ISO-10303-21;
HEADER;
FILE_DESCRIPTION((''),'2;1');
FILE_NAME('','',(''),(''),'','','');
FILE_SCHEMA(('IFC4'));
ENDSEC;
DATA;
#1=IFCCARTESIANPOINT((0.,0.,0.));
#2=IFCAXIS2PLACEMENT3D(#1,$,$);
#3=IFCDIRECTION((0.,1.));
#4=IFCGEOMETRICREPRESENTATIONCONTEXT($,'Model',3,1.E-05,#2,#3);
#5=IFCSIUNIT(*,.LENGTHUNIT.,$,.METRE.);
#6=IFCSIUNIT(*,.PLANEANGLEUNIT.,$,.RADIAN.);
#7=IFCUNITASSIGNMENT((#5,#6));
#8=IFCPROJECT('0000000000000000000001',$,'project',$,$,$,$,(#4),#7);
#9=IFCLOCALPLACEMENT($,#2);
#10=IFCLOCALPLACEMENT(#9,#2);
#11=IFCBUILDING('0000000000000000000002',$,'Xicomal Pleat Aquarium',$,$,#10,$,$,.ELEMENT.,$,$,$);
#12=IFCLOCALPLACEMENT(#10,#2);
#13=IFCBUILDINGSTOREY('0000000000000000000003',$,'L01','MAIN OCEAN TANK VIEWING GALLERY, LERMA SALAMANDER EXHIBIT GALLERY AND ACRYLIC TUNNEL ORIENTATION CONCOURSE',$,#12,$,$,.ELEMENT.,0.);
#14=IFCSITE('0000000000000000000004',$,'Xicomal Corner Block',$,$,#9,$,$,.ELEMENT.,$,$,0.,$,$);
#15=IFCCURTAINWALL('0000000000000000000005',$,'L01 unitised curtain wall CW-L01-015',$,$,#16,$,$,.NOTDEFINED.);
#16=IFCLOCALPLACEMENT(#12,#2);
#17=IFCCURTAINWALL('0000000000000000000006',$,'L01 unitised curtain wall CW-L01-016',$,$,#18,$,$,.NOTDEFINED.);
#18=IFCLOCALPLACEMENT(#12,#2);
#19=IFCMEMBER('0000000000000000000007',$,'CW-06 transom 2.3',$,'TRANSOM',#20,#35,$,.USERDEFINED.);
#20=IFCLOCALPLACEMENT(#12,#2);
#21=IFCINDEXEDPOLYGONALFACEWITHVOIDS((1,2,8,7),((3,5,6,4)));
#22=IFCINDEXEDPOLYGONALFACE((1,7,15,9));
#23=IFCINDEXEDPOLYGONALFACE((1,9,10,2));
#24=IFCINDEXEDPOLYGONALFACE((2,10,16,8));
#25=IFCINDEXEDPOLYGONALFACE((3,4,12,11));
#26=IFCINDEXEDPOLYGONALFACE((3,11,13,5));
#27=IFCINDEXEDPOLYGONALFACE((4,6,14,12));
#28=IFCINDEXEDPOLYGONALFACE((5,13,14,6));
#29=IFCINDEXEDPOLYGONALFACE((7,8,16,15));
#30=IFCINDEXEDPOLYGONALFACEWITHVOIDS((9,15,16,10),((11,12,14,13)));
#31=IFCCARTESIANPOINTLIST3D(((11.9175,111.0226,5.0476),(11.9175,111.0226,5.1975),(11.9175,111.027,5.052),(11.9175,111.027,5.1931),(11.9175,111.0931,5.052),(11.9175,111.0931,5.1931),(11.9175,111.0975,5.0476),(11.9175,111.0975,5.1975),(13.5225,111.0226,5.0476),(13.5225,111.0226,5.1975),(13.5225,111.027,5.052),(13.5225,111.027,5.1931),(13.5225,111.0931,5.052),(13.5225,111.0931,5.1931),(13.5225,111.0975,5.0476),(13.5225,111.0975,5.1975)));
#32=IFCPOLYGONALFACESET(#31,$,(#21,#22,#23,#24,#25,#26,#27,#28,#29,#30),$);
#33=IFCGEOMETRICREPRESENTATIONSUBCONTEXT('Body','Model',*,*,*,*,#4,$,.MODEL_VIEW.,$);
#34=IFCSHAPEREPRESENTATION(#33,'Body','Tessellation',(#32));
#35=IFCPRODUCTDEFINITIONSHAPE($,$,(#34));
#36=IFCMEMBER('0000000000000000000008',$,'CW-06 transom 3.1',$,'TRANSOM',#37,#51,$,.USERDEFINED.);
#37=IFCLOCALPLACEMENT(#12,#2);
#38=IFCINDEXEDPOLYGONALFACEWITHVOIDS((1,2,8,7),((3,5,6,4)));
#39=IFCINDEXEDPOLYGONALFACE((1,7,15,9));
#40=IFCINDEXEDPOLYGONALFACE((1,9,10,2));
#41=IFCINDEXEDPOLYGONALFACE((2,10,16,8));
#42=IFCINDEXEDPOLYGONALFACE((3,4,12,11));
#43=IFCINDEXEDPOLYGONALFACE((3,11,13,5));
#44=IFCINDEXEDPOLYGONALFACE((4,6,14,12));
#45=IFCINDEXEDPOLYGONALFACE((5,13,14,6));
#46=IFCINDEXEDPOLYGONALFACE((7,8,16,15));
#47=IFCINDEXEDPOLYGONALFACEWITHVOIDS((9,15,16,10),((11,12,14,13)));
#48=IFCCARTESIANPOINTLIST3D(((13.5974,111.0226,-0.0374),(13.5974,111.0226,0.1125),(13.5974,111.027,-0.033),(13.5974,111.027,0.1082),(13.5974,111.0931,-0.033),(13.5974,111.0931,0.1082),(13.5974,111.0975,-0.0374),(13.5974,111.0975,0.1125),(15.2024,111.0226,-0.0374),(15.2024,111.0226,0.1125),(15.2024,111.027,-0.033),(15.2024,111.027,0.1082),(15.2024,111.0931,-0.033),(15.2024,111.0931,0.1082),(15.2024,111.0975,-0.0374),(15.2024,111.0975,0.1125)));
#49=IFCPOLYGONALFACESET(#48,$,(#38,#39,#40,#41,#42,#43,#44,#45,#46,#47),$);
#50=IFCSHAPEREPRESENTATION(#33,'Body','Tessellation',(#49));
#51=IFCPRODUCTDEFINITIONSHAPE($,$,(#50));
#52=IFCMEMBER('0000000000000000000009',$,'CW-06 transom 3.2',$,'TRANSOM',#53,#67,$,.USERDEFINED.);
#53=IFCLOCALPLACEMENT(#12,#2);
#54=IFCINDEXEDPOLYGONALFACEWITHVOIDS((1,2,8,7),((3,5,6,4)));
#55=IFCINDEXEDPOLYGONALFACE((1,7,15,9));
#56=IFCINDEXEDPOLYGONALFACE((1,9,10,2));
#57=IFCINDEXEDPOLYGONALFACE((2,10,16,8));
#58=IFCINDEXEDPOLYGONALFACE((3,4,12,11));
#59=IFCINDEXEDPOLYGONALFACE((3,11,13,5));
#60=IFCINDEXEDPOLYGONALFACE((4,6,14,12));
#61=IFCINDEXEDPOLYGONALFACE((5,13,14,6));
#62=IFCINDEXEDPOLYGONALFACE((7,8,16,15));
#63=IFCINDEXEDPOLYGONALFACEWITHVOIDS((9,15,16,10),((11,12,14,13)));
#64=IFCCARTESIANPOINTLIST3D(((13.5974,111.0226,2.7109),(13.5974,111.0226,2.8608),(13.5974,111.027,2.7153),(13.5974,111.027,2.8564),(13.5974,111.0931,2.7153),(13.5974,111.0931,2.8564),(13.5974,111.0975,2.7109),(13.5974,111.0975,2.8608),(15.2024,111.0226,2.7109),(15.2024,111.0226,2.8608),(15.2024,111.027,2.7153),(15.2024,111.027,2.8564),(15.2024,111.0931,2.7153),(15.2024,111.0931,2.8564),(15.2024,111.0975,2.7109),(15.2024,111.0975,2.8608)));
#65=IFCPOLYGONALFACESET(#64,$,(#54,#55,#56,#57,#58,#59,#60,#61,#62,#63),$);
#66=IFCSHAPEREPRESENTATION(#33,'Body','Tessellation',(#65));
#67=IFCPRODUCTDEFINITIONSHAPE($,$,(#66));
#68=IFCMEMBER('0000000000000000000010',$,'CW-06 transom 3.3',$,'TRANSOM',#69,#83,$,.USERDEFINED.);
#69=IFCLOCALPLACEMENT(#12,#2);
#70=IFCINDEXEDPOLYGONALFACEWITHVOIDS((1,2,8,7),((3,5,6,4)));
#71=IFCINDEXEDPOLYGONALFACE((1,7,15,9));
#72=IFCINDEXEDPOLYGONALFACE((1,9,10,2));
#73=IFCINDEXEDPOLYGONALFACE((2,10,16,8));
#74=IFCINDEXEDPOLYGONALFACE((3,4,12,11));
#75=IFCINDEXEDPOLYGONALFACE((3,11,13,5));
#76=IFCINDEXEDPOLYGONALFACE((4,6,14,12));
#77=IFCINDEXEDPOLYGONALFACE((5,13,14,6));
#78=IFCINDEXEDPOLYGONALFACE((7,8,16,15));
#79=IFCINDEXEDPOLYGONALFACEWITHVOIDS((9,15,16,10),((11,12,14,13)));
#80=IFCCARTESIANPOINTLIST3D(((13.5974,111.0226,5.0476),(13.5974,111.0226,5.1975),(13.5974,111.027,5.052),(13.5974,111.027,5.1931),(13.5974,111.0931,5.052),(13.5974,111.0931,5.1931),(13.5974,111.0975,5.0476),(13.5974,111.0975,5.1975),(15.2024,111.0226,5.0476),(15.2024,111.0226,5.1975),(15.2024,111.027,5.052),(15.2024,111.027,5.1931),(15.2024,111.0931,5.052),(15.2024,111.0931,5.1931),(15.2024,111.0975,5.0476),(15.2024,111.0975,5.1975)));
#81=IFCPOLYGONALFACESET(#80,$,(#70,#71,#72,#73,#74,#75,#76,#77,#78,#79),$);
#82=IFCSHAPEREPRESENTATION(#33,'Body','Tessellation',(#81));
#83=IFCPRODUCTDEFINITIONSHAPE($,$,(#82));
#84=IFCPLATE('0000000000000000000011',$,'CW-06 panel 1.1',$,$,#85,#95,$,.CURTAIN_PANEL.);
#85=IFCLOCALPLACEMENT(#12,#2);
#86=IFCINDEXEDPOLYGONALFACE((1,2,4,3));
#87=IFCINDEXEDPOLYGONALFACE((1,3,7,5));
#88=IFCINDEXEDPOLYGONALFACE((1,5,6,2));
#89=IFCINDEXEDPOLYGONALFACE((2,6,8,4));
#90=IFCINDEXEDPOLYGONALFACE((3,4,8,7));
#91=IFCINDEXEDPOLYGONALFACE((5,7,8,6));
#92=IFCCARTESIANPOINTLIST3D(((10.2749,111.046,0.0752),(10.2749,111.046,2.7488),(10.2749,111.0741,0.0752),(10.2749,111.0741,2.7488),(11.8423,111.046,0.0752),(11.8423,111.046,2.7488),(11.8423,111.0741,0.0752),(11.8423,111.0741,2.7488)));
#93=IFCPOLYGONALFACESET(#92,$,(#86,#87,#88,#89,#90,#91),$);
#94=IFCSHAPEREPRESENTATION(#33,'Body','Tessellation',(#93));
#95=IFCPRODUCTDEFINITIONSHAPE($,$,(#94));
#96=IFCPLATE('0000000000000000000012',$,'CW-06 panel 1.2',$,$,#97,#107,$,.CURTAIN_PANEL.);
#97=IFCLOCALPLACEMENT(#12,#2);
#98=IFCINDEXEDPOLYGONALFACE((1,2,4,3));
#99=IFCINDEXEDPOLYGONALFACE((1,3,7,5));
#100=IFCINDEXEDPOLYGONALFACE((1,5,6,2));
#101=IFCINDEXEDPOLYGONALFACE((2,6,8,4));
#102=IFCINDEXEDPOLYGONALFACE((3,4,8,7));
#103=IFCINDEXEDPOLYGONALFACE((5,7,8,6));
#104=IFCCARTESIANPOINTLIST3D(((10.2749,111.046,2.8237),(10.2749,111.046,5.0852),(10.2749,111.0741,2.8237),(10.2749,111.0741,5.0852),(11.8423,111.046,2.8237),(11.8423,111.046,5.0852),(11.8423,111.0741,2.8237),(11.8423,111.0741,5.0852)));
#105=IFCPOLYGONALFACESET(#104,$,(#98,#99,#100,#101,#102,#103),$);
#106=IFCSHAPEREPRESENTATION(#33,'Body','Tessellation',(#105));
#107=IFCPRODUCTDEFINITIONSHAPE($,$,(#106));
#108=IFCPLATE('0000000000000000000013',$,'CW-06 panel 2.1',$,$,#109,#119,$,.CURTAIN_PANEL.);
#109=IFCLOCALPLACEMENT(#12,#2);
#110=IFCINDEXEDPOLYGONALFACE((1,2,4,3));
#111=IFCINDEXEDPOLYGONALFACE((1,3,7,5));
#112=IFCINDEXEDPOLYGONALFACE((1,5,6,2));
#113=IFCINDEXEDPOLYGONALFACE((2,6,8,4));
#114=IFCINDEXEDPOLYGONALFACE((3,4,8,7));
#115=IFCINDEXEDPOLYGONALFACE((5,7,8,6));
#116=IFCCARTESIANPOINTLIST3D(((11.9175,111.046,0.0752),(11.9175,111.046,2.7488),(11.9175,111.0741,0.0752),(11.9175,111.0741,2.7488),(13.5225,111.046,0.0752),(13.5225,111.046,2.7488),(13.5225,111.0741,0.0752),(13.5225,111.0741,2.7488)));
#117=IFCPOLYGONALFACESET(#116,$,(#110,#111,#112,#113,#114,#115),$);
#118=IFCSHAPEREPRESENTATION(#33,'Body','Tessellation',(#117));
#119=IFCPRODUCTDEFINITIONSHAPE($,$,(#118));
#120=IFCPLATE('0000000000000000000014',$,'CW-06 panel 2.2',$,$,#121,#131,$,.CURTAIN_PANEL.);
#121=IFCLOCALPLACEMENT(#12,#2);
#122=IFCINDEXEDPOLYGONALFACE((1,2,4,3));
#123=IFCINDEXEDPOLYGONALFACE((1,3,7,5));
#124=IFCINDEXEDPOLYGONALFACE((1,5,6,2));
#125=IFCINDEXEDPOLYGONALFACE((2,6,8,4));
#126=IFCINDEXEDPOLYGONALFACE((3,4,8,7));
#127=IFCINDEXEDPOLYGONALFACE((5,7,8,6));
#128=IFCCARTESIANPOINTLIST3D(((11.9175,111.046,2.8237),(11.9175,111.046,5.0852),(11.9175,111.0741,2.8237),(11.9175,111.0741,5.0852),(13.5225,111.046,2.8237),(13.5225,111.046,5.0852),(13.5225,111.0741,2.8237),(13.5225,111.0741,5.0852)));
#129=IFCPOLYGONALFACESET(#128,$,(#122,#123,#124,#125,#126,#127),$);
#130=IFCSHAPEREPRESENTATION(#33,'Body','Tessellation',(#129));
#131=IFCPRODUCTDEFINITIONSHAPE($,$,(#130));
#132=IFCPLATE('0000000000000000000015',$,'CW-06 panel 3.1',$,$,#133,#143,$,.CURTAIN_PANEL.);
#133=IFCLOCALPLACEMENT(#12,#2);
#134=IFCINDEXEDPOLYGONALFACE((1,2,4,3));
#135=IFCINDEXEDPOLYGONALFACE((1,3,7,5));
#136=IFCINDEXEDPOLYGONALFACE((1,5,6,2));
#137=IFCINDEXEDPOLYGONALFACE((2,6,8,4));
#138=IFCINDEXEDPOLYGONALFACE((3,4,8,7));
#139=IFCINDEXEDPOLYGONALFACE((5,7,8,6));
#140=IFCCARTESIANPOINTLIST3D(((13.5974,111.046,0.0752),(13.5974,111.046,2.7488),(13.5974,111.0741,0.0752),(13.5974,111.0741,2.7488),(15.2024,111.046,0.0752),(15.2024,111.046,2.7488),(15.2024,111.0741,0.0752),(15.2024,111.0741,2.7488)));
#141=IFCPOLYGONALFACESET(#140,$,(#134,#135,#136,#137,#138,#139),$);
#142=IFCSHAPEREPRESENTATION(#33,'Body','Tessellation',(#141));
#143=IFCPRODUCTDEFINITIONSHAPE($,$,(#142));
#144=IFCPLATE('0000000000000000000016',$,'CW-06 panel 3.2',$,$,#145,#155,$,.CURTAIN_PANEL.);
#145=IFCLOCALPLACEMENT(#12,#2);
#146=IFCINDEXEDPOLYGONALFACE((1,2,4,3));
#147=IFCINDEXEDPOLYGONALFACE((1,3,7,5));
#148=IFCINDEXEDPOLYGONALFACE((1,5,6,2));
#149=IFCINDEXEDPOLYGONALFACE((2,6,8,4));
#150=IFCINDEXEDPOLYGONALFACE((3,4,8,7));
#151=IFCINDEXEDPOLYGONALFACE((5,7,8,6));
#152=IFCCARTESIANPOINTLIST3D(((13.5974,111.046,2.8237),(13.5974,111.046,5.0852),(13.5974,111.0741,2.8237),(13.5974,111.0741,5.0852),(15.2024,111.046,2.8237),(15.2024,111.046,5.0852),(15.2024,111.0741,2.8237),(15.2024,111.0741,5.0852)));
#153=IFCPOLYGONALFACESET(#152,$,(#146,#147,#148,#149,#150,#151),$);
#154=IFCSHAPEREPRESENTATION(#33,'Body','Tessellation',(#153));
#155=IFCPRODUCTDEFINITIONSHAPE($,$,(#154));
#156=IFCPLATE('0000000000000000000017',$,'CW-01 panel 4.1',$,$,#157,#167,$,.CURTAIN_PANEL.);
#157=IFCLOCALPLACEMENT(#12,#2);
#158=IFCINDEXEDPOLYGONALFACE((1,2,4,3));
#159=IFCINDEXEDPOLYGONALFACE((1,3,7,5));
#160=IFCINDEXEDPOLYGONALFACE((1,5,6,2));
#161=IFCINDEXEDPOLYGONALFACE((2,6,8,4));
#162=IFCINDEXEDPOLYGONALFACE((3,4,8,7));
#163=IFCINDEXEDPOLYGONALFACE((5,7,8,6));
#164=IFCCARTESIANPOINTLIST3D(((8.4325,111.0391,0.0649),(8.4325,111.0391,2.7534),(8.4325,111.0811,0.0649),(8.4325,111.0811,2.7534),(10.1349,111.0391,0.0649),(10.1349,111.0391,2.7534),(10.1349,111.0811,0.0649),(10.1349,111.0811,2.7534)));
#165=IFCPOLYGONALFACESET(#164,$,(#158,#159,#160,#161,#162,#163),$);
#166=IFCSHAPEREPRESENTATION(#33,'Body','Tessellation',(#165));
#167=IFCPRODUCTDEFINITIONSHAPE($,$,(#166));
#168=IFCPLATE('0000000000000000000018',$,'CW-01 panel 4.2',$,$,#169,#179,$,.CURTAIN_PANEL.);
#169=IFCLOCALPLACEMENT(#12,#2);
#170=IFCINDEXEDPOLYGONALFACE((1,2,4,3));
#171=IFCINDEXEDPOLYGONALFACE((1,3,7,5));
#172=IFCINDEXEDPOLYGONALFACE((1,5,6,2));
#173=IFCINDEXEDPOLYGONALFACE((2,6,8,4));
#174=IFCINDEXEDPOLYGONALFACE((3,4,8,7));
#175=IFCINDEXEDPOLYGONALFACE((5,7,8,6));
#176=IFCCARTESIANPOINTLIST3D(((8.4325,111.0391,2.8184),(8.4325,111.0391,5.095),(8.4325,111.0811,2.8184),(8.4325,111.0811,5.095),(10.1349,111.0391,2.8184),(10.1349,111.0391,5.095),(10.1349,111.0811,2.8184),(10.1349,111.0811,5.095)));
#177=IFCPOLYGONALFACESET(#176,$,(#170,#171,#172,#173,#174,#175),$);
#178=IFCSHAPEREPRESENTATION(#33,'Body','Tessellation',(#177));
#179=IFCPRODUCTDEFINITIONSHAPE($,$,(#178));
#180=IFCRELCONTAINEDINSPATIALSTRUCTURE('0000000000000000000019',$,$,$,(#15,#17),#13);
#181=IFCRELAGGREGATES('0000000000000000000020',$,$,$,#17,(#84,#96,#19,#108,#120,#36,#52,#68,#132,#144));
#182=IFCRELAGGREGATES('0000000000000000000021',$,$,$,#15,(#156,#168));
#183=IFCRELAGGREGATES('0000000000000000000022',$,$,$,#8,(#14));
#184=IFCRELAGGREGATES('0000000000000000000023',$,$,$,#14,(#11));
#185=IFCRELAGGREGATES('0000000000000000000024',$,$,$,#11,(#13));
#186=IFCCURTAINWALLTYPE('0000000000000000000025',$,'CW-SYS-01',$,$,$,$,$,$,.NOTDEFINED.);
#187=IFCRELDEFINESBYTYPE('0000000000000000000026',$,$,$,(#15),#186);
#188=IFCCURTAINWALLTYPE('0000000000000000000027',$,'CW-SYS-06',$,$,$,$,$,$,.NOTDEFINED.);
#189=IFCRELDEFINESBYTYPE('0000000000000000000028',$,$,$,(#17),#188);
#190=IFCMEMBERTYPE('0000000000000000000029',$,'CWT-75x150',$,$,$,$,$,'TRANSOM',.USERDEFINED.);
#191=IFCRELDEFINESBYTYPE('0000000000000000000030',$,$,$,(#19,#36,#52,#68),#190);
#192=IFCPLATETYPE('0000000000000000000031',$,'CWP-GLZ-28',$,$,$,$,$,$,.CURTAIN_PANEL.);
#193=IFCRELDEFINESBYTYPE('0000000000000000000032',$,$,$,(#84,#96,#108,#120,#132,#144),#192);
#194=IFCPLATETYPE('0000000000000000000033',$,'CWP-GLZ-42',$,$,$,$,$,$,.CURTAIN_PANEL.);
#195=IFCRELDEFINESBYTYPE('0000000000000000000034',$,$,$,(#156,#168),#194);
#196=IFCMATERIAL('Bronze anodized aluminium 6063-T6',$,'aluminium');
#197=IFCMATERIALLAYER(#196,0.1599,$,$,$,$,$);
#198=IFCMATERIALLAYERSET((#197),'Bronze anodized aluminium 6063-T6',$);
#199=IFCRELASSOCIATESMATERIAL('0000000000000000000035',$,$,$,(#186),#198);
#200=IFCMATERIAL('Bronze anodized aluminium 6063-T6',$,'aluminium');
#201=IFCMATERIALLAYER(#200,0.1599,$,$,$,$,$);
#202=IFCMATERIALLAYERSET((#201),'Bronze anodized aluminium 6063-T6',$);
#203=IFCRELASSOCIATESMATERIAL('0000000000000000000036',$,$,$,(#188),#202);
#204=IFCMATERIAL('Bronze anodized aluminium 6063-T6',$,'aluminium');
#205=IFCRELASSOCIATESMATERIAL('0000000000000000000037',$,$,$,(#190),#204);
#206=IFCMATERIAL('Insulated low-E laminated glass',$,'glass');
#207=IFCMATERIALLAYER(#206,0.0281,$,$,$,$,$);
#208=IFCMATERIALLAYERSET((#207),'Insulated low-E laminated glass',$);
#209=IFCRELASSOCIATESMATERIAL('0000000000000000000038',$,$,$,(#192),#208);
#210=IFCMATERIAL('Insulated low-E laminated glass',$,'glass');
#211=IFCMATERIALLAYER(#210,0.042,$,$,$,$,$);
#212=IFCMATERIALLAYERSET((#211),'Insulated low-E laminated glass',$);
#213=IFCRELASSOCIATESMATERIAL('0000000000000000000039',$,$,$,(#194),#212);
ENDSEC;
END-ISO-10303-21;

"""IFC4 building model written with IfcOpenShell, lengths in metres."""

from ifc_helpers import new_model, si_unit, direction, frame, origin, origin_2d, place, context, subcontext, project, spatial, rectangle, hollow_rectangle, extrude, material, layer, layer_set, material_profile, profile_set, type_object, element, aggregate, save


model = new_model("IFC4")

# Units and contexts
model_context = context("Model", 3, precision=1e-05, world=origin(), true_north=direction((0.0, 1.0)))
body_context = subcontext(model_context, "Body", "Model", "MODEL_VIEW")
ifc_project = project(units=[si_unit("LENGTHUNIT", "METRE"), si_unit("PLANEANGLEUNIT", "RADIAN")], contexts=[model_context])

# Site, building, storey
site_placement = place(None, origin())
site = spatial("IfcSite", under=ifc_project, at=site_placement, Name="Xicomal Corner Block", CompositionType="ELEMENT", RefElevation=0.0)
building_placement = place(site_placement, origin())
building = spatial("IfcBuilding", under=site, at=building_placement, Name="Xicomal Pleat Aquarium", CompositionType="ELEMENT")
storey_placement = place(building_placement, origin())
storey = spatial("IfcBuildingStorey", under=building, at=storey_placement, Name="L01", Description="MAIN OCEAN TANK VIEWING GALLERY, LERMA SALAMANDER EXHIBIT GALLERY AND ACRYLIC TUNNEL ORIENTATION CONCOURSE", CompositionType="ELEMENT", Elevation=0.0)

# Curtain wall
ifc_material_1 = material(Name="Bronze anodized aluminium 6063-T6", Category="aluminium")
ifc_layer_1 = layer(ifc_material_1, 0.1599)
ifc_layer_set_1 = layer_set([ifc_layer_1], Name="Bronze anodized aluminium 6063-T6")
curtain_wall_type_1 = type_object("IfcCurtainWallType", Name="CW-SYS-01", PredefinedType="NOTDEFINED", material=ifc_layer_set_1)
curtain_wall_1_placement = place(storey_placement, origin())
curtain_wall_1 = element("IfcCurtainWall", 1, at=curtain_wall_1_placement, inside=storey, type_object=curtain_wall_type_1, Name="L01 unitised curtain wall CW-L01-015", PredefinedType="NOTDEFINED")

# Curtain wall, members, plates
ifc_material_2 = material(Name="Bronze anodized aluminium 6063-T6", Category="aluminium")
ifc_layer_2 = layer(ifc_material_2, 0.1599)
ifc_layer_set_2 = layer_set([ifc_layer_2], Name="Bronze anodized aluminium 6063-T6")
curtain_wall_type_2 = type_object("IfcCurtainWallType", Name="CW-SYS-06", PredefinedType="NOTDEFINED", material=ifc_layer_set_2)
curtain_wall_2_placement = place(storey_placement, origin())
curtain_wall_2 = element("IfcCurtainWall", 2, at=curtain_wall_2_placement, inside=storey, type_object=curtain_wall_type_2, Name="L01 unitised curtain wall CW-L01-016", PredefinedType="NOTDEFINED")
ifc_material_3 = material(Name="Bronze anodized aluminium 6063-T6", Category="aluminium")
ifc_material_profile_1 = material_profile(ifc_material_3, hollow_rectangle(XDim=0.075, YDim=0.1499, WallThickness=0.0044, at=origin_2d()), Name="ALU TRAN 75x150")
ifc_profile_set_1 = profile_set([ifc_material_profile_1], Name="Bronze anodized aluminium 6063-T6")
member_type_1 = type_object("IfcMemberType", Name="CWT-75x150", ElementType="TRANSOM", PredefinedType="USERDEFINED", material=ifc_profile_set_1)
member_1_placement = place(storey_placement, frame((11.9175, 111.0601, 5.1226), z_axis=(1.0, 0.0, 0.0), x_axis=(0.0, 1.0, 0.0)))
member_1 = element("IfcMember", 3, at=member_1_placement, type_object=member_type_1, Name="CW-06 transom 2.3", ObjectType="TRANSOM", PredefinedType="USERDEFINED", context=body_context, shape_type="SweptSolid", body=[
    extrude(hollow_rectangle(XDim=0.075, YDim=0.1499, WallThickness=0.0044, at=origin_2d()), origin(), (0.0, 0.0, 1.0), 1.605),
])
member_2_placement = place(storey_placement, frame((13.5974, 111.0601, 0.0376), z_axis=(1.0, 0.0, 0.0), x_axis=(0.0, 1.0, 0.0)))
member_2 = element("IfcMember", 4, at=member_2_placement, type_object=member_type_1, Name="CW-06 transom 3.1", ObjectType="TRANSOM", PredefinedType="USERDEFINED", context=body_context, shape_type="SweptSolid", body=[
    extrude(hollow_rectangle(XDim=0.075, YDim=0.1499, WallThickness=0.0044, at=origin_2d()), origin(), (0.0, 0.0, 1.0), 1.605),
])
member_3_placement = place(storey_placement, frame((13.5974, 111.0601, 2.7859), z_axis=(1.0, 0.0, 0.0), x_axis=(0.0, 1.0, 0.0)))
member_3 = element("IfcMember", 5, at=member_3_placement, type_object=member_type_1, Name="CW-06 transom 3.2", ObjectType="TRANSOM", PredefinedType="USERDEFINED", context=body_context, shape_type="SweptSolid", body=[
    extrude(hollow_rectangle(XDim=0.075, YDim=0.1499, WallThickness=0.0044, at=origin_2d()), origin(), (0.0, 0.0, 1.0), 1.605),
])
member_4_placement = place(storey_placement, frame((13.5974, 111.0601, 5.1226), z_axis=(1.0, 0.0, 0.0), x_axis=(0.0, 1.0, 0.0)))
member_4 = element("IfcMember", 6, at=member_4_placement, type_object=member_type_1, Name="CW-06 transom 3.3", ObjectType="TRANSOM", PredefinedType="USERDEFINED", context=body_context, shape_type="SweptSolid", body=[
    extrude(hollow_rectangle(XDim=0.075, YDim=0.1499, WallThickness=0.0044, at=origin_2d()), origin(), (0.0, 0.0, 1.0), 1.605),
])
ifc_material_4 = material(Name="Insulated low-E laminated glass", Category="glass")
ifc_layer_3 = layer(ifc_material_4, 0.0281)
ifc_layer_set_3 = layer_set([ifc_layer_3], Name="Insulated low-E laminated glass")
plate_type_1 = type_object("IfcPlateType", Name="CWP-GLZ-28", PredefinedType="CURTAIN_PANEL", material=ifc_layer_set_3)
plate_1_placement = place(storey_placement, frame((11.0586, 111.0601, 0.0752), z_axis=(0.0, 0.0, 1.0), x_axis=(1.0, 0.0, 0.0)))
plate_1 = element("IfcPlate", 7, at=plate_1_placement, type_object=plate_type_1, Name="CW-06 panel 1.1", PredefinedType="CURTAIN_PANEL", context=body_context, shape_type="SweptSolid", body=[
    extrude(rectangle(XDim=1.5674, YDim=0.0281, at=origin_2d()), origin(), (0.0, 0.0, 1.0), 2.6736),
])
plate_2_placement = place(storey_placement, frame((11.0586, 111.0601, 2.8237), z_axis=(0.0, 0.0, 1.0), x_axis=(1.0, 0.0, 0.0)))
plate_2 = element("IfcPlate", 8, at=plate_2_placement, type_object=plate_type_1, Name="CW-06 panel 1.2", PredefinedType="CURTAIN_PANEL", context=body_context, shape_type="SweptSolid", body=[
    extrude(rectangle(XDim=1.5674, YDim=0.0281, at=origin_2d()), origin(), (0.0, 0.0, 1.0), 2.2615),
])
plate_3_placement = place(storey_placement, frame((12.72, 111.0601, 0.0752), z_axis=(0.0, 0.0, 1.0), x_axis=(1.0, 0.0, 0.0)))
plate_3 = element("IfcPlate", 9, at=plate_3_placement, type_object=plate_type_1, Name="CW-06 panel 2.1", PredefinedType="CURTAIN_PANEL", context=body_context, shape_type="SweptSolid", body=[
    extrude(rectangle(XDim=1.605, YDim=0.0281, at=origin_2d()), origin(), (0.0, 0.0, 1.0), 2.6736),
])
plate_4_placement = place(storey_placement, frame((12.72, 111.0601, 2.8237), z_axis=(0.0, 0.0, 1.0), x_axis=(1.0, 0.0, 0.0)))
plate_4 = element("IfcPlate", 10, at=plate_4_placement, type_object=plate_type_1, Name="CW-06 panel 2.2", PredefinedType="CURTAIN_PANEL", context=body_context, shape_type="SweptSolid", body=[
    extrude(rectangle(XDim=1.605, YDim=0.0281, at=origin_2d()), origin(), (0.0, 0.0, 1.0), 2.2615),
])
plate_5_placement = place(storey_placement, frame((14.3999, 111.0601, 0.0752), z_axis=(0.0, 0.0, 1.0), x_axis=(1.0, 0.0, 0.0)))
plate_5 = element("IfcPlate", 11, at=plate_5_placement, type_object=plate_type_1, Name="CW-06 panel 3.1", PredefinedType="CURTAIN_PANEL", context=body_context, shape_type="SweptSolid", body=[
    extrude(rectangle(XDim=1.605, YDim=0.0281, at=origin_2d()), origin(), (0.0, 0.0, 1.0), 2.6736),
])
plate_6_placement = place(storey_placement, frame((14.3999, 111.0601, 2.8237), z_axis=(0.0, 0.0, 1.0), x_axis=(1.0, 0.0, 0.0)))
plate_6 = element("IfcPlate", 12, at=plate_6_placement, type_object=plate_type_1, Name="CW-06 panel 3.2", PredefinedType="CURTAIN_PANEL", context=body_context, shape_type="SweptSolid", body=[
    extrude(rectangle(XDim=1.605, YDim=0.0281, at=origin_2d()), origin(), (0.0, 0.0, 1.0), 2.2615),
])
aggregate(curtain_wall_2, [plate_1, plate_2, member_1, plate_3, plate_4, member_2, member_3, member_4, plate_5, plate_6])

# Plates
ifc_material_5 = material(Name="Insulated low-E laminated glass", Category="glass")
ifc_layer_4 = layer(ifc_material_5, 0.042)
ifc_layer_set_4 = layer_set([ifc_layer_4], Name="Insulated low-E laminated glass")
plate_type_2 = type_object("IfcPlateType", Name="CWP-GLZ-42", PredefinedType="CURTAIN_PANEL", material=ifc_layer_set_4)
plate_7_placement = place(storey_placement, frame((9.2837, 111.0601, 0.0649), z_axis=(0.0, 0.0, 1.0), x_axis=(1.0, 0.0, 0.0)))
plate_7 = element("IfcPlate", 13, at=plate_7_placement, type_object=plate_type_2, Name="CW-01 panel 4.1", PredefinedType="CURTAIN_PANEL", context=body_context, shape_type="SweptSolid", body=[
    extrude(rectangle(XDim=1.7024, YDim=0.042, at=origin_2d()), origin(), (0.0, 0.0, 1.0), 2.6885),
])
plate_8_placement = place(storey_placement, frame((9.2837, 111.0601, 2.8184), z_axis=(0.0, 0.0, 1.0), x_axis=(1.0, 0.0, 0.0)))
plate_8 = element("IfcPlate", 14, at=plate_8_placement, type_object=plate_type_2, Name="CW-01 panel 4.2", PredefinedType="CURTAIN_PANEL", context=body_context, shape_type="SweptSolid", body=[
    extrude(rectangle(XDim=1.7024, YDim=0.042, at=origin_2d()), origin(), (0.0, 0.0, 1.0), 2.2766),
])
aggregate(curtain_wall_1, [plate_7, plate_8])

save(model, "model.ifc")
